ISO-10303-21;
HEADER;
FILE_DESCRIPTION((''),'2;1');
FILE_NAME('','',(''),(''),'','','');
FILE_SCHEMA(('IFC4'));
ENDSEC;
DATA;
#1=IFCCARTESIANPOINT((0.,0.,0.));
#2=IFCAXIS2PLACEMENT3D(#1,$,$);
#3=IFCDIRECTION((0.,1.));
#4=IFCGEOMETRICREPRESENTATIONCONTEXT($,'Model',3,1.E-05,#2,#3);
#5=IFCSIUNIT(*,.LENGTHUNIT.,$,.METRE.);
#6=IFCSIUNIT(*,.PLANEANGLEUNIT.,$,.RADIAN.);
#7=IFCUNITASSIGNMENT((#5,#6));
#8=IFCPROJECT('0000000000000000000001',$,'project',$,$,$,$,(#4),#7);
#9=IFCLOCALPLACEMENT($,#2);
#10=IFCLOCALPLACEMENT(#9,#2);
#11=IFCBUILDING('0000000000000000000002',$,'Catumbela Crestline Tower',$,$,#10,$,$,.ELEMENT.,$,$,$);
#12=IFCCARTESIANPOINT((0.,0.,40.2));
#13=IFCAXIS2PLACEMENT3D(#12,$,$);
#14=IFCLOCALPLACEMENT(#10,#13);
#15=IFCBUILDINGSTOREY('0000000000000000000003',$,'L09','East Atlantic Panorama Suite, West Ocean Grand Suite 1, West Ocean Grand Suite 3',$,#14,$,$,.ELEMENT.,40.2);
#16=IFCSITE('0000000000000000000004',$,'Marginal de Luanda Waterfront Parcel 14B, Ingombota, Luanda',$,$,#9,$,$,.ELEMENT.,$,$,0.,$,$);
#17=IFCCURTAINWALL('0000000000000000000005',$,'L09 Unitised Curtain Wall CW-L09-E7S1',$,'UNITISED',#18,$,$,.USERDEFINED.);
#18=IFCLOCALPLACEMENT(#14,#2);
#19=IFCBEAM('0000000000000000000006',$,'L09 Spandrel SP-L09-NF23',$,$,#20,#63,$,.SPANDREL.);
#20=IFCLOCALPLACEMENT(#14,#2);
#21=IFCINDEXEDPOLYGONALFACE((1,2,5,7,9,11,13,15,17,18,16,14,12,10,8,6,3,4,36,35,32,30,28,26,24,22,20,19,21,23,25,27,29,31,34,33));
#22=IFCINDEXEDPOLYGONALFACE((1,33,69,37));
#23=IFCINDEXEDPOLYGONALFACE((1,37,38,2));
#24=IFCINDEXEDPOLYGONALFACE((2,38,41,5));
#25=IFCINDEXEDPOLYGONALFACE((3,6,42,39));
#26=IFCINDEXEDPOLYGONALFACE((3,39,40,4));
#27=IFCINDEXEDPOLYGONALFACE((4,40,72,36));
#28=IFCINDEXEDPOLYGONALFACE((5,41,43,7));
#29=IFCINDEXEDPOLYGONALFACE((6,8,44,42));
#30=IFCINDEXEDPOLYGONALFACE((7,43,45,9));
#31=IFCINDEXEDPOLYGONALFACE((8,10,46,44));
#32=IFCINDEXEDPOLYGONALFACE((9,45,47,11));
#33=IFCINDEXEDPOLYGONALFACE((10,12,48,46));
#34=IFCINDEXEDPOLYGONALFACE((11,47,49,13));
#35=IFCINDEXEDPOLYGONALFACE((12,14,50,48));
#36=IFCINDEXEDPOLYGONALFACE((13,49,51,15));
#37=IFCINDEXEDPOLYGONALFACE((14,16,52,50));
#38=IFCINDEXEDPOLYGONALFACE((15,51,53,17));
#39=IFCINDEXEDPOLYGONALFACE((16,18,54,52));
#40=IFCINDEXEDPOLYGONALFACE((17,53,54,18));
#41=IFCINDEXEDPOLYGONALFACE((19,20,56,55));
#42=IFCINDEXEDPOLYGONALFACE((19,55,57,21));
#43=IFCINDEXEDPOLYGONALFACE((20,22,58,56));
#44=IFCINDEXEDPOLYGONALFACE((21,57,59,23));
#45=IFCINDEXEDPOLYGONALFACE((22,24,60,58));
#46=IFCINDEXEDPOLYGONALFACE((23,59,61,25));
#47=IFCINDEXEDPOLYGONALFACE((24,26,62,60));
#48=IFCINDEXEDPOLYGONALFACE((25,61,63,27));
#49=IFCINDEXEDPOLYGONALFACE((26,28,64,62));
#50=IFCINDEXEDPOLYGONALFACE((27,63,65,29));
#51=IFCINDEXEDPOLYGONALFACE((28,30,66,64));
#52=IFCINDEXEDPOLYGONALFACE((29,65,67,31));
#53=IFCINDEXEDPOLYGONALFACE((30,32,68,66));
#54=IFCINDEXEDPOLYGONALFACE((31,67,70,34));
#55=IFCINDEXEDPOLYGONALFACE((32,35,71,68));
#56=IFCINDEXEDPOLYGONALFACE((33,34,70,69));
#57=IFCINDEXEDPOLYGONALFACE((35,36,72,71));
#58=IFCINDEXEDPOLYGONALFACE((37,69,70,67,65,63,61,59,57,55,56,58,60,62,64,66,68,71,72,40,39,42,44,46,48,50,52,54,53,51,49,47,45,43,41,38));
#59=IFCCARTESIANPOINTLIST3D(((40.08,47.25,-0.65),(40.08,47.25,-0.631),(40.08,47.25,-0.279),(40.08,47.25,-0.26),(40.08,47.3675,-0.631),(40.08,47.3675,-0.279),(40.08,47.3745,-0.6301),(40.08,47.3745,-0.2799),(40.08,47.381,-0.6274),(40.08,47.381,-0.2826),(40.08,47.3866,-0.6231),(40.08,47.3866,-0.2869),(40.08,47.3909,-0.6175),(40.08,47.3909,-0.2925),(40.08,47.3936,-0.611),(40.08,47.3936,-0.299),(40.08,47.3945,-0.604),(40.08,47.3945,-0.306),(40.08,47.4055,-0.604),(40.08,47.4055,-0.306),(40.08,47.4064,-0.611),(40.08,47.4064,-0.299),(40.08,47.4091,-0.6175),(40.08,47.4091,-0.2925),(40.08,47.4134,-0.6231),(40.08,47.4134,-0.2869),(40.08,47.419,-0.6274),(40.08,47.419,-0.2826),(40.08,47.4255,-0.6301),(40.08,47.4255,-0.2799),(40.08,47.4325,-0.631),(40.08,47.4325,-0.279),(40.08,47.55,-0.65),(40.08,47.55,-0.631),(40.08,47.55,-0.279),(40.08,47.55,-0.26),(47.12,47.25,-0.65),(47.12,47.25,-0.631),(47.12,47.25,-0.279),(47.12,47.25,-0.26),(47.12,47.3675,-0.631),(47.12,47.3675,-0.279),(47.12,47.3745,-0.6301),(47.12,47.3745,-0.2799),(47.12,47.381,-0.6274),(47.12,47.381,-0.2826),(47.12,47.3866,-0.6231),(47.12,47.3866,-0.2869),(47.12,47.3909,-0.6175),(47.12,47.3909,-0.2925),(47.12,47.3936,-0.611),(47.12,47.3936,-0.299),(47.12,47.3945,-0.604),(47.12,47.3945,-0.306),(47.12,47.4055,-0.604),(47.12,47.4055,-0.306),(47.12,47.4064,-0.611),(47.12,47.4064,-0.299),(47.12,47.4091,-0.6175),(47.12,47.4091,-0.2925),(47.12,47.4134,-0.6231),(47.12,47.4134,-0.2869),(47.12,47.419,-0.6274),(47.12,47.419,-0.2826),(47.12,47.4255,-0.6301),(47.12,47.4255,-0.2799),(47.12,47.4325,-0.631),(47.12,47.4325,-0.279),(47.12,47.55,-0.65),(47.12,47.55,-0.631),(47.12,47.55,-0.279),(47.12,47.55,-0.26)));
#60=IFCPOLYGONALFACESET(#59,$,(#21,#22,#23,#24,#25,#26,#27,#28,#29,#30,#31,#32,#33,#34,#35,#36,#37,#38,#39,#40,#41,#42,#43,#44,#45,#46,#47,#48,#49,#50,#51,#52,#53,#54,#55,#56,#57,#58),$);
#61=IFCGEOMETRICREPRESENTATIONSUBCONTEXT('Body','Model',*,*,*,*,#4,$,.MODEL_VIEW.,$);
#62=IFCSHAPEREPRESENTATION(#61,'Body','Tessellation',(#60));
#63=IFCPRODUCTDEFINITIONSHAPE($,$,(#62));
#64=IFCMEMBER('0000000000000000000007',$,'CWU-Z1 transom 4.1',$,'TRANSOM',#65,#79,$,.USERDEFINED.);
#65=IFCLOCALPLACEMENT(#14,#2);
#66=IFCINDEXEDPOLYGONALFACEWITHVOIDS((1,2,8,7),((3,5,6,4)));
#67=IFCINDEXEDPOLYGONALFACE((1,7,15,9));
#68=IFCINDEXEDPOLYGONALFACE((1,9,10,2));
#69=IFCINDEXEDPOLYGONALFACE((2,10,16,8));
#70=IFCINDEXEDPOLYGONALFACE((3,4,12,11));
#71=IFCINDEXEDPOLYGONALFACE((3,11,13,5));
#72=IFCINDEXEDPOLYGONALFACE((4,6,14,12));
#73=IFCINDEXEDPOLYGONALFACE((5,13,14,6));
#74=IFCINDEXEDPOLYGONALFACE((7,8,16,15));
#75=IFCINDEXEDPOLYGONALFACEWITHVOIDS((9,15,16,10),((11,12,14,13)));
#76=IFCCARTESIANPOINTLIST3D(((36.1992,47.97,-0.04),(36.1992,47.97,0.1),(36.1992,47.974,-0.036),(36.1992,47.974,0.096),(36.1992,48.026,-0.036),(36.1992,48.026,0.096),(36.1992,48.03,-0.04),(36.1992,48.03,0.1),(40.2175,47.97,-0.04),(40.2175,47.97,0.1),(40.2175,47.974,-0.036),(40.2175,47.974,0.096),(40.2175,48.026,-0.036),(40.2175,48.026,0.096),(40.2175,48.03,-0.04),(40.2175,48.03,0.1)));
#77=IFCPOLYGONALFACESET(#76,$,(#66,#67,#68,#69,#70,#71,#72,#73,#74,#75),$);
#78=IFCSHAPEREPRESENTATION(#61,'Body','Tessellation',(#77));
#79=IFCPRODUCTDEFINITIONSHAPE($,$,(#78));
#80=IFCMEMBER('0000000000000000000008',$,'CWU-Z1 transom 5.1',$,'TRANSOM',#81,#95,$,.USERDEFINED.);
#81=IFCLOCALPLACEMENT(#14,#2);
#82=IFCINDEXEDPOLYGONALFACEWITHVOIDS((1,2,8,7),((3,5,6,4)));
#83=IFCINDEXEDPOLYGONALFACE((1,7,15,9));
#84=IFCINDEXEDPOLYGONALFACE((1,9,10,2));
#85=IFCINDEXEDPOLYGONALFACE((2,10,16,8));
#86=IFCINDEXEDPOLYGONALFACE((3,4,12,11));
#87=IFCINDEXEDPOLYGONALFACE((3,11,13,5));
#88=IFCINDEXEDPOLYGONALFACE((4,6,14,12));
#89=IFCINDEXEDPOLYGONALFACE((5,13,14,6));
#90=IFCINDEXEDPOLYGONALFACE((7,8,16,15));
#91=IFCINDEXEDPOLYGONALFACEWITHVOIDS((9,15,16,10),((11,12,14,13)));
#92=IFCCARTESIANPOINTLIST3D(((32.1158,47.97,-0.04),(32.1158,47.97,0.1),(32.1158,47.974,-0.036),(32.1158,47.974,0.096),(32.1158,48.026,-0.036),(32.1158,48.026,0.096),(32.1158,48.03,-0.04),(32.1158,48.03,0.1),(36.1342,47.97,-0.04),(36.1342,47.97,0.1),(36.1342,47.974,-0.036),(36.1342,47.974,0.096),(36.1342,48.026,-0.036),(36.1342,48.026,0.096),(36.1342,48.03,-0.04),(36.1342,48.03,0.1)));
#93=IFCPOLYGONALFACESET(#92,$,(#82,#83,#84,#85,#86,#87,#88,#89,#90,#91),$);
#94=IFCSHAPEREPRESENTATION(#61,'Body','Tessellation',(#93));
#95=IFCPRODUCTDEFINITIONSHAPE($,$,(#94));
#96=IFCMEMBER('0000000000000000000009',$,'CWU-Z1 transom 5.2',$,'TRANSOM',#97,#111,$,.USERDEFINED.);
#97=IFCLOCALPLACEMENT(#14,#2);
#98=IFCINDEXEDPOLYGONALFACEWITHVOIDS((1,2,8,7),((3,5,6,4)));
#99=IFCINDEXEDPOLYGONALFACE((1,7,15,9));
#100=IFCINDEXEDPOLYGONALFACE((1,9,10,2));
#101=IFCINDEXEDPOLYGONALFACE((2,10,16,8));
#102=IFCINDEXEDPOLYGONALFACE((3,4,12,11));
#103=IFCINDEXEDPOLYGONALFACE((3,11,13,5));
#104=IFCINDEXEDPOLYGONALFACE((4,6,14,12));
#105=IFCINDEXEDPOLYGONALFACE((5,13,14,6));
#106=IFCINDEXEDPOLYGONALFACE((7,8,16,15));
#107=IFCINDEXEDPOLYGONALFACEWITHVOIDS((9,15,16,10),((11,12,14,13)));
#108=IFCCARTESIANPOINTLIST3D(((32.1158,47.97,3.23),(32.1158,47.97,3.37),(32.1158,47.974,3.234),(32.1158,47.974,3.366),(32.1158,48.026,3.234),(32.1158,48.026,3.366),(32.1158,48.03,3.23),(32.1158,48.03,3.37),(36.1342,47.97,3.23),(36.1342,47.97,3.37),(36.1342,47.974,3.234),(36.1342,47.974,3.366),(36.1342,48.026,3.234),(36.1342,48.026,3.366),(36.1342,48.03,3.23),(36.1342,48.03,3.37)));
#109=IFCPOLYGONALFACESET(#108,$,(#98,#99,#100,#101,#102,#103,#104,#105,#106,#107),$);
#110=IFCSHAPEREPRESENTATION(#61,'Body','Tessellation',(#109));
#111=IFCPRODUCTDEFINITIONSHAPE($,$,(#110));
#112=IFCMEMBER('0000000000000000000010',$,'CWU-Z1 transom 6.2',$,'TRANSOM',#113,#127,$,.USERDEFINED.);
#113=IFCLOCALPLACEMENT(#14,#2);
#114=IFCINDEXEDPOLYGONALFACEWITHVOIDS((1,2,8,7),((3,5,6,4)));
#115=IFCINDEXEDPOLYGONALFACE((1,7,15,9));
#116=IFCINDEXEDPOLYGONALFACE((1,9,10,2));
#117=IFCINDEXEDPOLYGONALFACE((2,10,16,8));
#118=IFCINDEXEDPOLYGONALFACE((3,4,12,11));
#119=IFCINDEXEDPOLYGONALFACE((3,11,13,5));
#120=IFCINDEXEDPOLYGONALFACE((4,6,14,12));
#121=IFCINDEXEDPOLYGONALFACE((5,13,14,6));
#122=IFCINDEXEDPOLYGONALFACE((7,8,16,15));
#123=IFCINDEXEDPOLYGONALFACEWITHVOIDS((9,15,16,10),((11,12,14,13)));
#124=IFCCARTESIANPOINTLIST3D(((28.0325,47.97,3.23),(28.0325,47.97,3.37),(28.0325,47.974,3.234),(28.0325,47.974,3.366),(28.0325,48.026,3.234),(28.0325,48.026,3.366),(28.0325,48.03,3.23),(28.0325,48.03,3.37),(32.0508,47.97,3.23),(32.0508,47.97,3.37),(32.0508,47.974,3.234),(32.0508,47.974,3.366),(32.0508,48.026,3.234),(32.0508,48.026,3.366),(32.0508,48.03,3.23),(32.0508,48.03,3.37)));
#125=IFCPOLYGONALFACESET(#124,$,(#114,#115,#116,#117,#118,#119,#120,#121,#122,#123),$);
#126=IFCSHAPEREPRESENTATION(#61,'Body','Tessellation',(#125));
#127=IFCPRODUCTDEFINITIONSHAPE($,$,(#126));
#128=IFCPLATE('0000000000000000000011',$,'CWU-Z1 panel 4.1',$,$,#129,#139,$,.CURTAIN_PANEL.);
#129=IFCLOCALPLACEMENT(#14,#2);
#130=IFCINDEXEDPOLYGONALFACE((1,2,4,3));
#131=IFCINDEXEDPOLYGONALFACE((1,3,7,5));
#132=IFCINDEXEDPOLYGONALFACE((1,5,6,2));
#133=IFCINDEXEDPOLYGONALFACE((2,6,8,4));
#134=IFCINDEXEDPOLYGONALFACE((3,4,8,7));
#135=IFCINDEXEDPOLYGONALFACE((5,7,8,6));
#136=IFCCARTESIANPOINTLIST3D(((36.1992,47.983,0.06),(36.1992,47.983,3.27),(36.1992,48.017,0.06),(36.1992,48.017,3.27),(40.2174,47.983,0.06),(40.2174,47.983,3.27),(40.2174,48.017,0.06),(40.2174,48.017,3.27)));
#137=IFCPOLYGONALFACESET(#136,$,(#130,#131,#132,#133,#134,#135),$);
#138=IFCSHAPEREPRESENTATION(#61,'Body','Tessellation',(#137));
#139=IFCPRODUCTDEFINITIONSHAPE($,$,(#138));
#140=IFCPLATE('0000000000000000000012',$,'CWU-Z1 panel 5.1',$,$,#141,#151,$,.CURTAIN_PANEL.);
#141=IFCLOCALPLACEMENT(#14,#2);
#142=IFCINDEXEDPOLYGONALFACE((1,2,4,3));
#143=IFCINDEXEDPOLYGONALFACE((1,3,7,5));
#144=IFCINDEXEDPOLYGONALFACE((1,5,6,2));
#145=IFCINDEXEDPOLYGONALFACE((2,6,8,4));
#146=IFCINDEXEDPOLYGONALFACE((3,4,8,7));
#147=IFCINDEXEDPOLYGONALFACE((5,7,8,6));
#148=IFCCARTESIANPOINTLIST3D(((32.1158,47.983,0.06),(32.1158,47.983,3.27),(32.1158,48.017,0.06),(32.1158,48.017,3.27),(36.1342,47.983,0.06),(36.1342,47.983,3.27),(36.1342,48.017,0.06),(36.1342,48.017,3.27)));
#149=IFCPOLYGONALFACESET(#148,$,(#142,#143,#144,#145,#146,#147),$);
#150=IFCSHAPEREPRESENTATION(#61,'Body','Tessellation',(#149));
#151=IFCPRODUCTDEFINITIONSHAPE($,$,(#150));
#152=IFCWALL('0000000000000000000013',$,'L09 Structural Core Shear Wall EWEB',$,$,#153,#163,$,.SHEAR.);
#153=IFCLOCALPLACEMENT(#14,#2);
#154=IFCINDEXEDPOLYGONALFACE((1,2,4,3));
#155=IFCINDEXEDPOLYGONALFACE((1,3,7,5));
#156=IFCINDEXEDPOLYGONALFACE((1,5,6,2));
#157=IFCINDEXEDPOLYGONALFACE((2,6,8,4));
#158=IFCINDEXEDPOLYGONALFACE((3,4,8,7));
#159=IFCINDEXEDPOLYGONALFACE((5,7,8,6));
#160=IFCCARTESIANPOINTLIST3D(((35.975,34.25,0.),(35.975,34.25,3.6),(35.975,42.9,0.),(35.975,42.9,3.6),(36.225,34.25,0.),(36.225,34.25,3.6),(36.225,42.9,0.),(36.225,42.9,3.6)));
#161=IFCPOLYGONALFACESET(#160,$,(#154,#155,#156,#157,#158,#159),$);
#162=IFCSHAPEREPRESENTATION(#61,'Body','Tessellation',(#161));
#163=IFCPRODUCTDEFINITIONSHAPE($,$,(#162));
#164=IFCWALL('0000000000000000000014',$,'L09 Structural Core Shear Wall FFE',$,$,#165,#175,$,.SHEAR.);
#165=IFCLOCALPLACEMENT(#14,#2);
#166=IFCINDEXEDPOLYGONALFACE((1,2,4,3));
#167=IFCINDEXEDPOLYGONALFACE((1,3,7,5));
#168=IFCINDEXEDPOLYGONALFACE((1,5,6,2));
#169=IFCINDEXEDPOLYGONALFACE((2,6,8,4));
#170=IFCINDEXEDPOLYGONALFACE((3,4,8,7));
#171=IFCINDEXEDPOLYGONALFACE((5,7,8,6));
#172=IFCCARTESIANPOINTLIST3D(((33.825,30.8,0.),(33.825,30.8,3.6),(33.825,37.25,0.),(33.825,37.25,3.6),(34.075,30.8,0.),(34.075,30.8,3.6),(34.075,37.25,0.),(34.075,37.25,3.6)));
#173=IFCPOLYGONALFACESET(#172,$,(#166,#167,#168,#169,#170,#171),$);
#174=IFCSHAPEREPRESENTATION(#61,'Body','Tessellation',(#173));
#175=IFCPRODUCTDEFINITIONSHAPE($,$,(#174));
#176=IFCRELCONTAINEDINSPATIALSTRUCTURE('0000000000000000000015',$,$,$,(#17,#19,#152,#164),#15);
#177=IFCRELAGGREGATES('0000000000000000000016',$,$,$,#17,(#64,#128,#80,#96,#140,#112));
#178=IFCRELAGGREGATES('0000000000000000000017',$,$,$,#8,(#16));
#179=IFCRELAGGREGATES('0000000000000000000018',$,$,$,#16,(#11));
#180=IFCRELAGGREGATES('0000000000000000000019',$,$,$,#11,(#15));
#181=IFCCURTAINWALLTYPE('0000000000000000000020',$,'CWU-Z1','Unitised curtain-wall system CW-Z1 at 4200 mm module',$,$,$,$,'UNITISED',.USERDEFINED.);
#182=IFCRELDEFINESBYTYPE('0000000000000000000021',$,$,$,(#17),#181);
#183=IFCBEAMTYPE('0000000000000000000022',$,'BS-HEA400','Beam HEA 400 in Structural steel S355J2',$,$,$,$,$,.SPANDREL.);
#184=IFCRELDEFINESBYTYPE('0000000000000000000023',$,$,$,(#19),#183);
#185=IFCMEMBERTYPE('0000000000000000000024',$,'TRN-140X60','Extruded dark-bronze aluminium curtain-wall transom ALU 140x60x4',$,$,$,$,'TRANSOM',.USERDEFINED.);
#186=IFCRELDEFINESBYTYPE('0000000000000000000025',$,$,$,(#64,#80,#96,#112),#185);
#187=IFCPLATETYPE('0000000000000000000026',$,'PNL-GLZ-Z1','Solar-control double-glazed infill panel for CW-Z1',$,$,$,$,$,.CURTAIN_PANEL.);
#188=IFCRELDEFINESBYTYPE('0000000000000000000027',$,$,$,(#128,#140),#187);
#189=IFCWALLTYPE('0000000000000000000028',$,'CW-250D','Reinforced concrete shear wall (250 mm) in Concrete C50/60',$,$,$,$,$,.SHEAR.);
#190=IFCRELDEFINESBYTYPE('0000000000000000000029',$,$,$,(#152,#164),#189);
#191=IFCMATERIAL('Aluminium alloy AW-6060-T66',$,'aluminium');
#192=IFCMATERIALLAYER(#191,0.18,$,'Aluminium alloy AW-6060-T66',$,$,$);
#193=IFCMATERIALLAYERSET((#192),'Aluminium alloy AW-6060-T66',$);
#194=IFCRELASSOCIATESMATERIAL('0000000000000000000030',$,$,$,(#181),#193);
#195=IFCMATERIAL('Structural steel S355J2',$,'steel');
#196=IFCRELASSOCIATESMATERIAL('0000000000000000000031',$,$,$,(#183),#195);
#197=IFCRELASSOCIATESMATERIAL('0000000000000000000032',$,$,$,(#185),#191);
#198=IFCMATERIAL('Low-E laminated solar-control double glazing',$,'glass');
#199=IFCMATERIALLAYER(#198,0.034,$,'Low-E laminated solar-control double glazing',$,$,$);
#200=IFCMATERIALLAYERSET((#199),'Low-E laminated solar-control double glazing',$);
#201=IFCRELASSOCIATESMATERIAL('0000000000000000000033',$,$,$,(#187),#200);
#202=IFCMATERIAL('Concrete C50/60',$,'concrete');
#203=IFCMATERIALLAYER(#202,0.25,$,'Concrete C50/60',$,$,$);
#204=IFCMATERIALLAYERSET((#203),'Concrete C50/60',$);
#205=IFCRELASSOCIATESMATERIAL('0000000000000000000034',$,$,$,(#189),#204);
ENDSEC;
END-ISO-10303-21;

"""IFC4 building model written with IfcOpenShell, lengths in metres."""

from ifc_helpers import new_model, si_unit, direction, frame, frame_2d, origin, origin_2d, place, context, subcontext, project, spatial, rectangle, hollow_rectangle, i_section, extrude, material, layer, layer_set, material_profile, profile_set, type_object, element, aggregate, save


model = new_model("IFC4")

# Units and contexts
model_context = context("Model", 3, precision=1e-05, world=origin(), true_north=direction((0.0, 1.0)))
body_context = subcontext(model_context, "Body", "Model", "MODEL_VIEW")
ifc_project = project(units=[si_unit("LENGTHUNIT", "METRE"), si_unit("PLANEANGLEUNIT", "RADIAN")], contexts=[model_context])

# Site, building, storey
site_placement = place(None, origin())
site = spatial("IfcSite", under=ifc_project, at=site_placement, Name="Marginal de Luanda Waterfront Parcel 14B, Ingombota, Luanda", CompositionType="ELEMENT", RefElevation=0.0)
building_placement = place(site_placement, origin())
building = spatial("IfcBuilding", under=site, at=building_placement, Name="Catumbela Crestline Tower", CompositionType="ELEMENT")
storey_placement = place(building_placement, frame((0.0, 0.0, 40.2)))
storey = spatial("IfcBuildingStorey", under=building, at=storey_placement, Name="L09", Description="East Atlantic Panorama Suite, West Ocean Grand Suite 1, West Ocean Grand Suite 3", CompositionType="ELEMENT", Elevation=40.2)

# Shared definitions
ifc_material_1 = material(Name="Structural steel S355J2", Category="steel")

# Curtain wall
ifc_material_2 = material(Name="Aluminium alloy AW-6060-T66", Category="aluminium")
ifc_layer_1 = layer(ifc_material_2, 0.18, Name="Aluminium alloy AW-6060-T66")
ifc_layer_set_1 = layer_set([ifc_layer_1], Name="Aluminium alloy AW-6060-T66")
curtain_wall_type = type_object("IfcCurtainWallType", Name="CWU-Z1", Description="Unitised curtain-wall system CW-Z1 at 4200 mm module", ElementType="UNITISED", PredefinedType="USERDEFINED", material=ifc_layer_set_1)
curtain_wall_placement = place(storey_placement, origin())
curtain_wall = element("IfcCurtainWall", 1, at=curtain_wall_placement, inside=storey, type_object=curtain_wall_type, Name="L09 Unitised Curtain Wall CW-L09-E7S1", ObjectType="UNITISED", PredefinedType="USERDEFINED")

# Beam
ifc_material_profile_1 = material_profile(ifc_material_1, i_section(OverallWidth=0.3, OverallDepth=0.39, WebThickness=0.011, FlangeThickness=0.019, FilletRadius=0.027, at=origin_2d()), Name="HEA 400")
ifc_profile_set_1 = profile_set([ifc_material_profile_1], Name="Structural steel S355J2")
beam_type_1 = type_object("IfcBeamType", Name="BS-HEA400", Description="Beam HEA 400 in Structural steel S355J2", PredefinedType="SPANDREL", material=ifc_profile_set_1)
beam_1_placement = place(storey_placement, frame((40.08, 47.4, -0.455), z_axis=(1.0, 0.0, 0.0), x_axis=(0.0, 1.0, 0.0)))
element("IfcBeam", 2, at=beam_1_placement, inside=storey, type_object=beam_type_1, Name="L09 Spandrel SP-L09-NF23", PredefinedType="SPANDREL", context=body_context, shape_type="SweptSolid", body=[
    extrude(i_section(OverallWidth=0.3, OverallDepth=0.39, WebThickness=0.011, FlangeThickness=0.019, FilletRadius=0.027, at=origin_2d()), origin(), (0.0, 0.0, 1.0), 7.04),
])

# Members
ifc_material_profile_2 = material_profile(ifc_material_2, hollow_rectangle(XDim=0.06, YDim=0.14, WallThickness=0.004, at=origin_2d()), Name="ALU 140x60x4")
ifc_profile_set_2 = profile_set([ifc_material_profile_2], Name="Aluminium alloy AW-6060-T66")
member_type_1 = type_object("IfcMemberType", Name="TRN-140X60", Description="Extruded dark-bronze aluminium curtain-wall transom ALU 140x60x4", ElementType="TRANSOM", PredefinedType="USERDEFINED", material=ifc_profile_set_2)
member_1_placement = place(storey_placement, frame((40.2175, 48.0, 0.03), z_axis=(-1.0, 0.0, 0.0), x_axis=(0.0, -1.0, 0.0)))
member_1 = element("IfcMember", 3, at=member_1_placement, type_object=member_type_1, Name="CWU-Z1 transom 4.1", ObjectType="TRANSOM", PredefinedType="USERDEFINED", context=body_context, shape_type="SweptSolid", body=[
    extrude(hollow_rectangle(XDim=0.06, YDim=0.14, WallThickness=0.004, at=origin_2d()), origin(), (0.0, 0.0, 1.0), 4.0183),
])
member_2_placement = place(storey_placement, frame((36.1342, 48.0, 0.03), z_axis=(-1.0, 0.0, 0.0), x_axis=(0.0, -1.0, 0.0)))
member_2 = element("IfcMember", 4, at=member_2_placement, type_object=member_type_1, Name="CWU-Z1 transom 5.1", ObjectType="TRANSOM", PredefinedType="USERDEFINED", context=body_context, shape_type="SweptSolid", body=[
    extrude(hollow_rectangle(XDim=0.06, YDim=0.14, WallThickness=0.004, at=origin_2d()), origin(), (0.0, 0.0, 1.0), 4.0184),
])
member_3_placement = place(storey_placement, frame((36.1342, 48.0, 3.3), z_axis=(-1.0, 0.0, 0.0), x_axis=(0.0, -1.0, 0.0)))
member_3 = element("IfcMember", 5, at=member_3_placement, type_object=member_type_1, Name="CWU-Z1 transom 5.2", ObjectType="TRANSOM", PredefinedType="USERDEFINED", context=body_context, shape_type="SweptSolid", body=[
    extrude(hollow_rectangle(XDim=0.06, YDim=0.14, WallThickness=0.004, at=origin_2d()), origin(), (0.0, 0.0, 1.0), 4.0184),
])
member_4_placement = place(storey_placement, frame((32.0508, 48.0, 3.3), z_axis=(-1.0, 0.0, 0.0), x_axis=(0.0, -1.0, 0.0)))
member_4 = element("IfcMember", 6, at=member_4_placement, type_object=member_type_1, Name="CWU-Z1 transom 6.2", ObjectType="TRANSOM", PredefinedType="USERDEFINED", context=body_context, shape_type="SweptSolid", body=[
    extrude(hollow_rectangle(XDim=0.06, YDim=0.14, WallThickness=0.004, at=origin_2d()), origin(), (0.0, 0.0, 1.0), 4.0183),
])

# Plates
ifc_material_3 = material(Name="Low-E laminated solar-control double glazing", Category="glass")
ifc_layer_2 = layer(ifc_material_3, 0.034, Name="Low-E laminated solar-control double glazing")
ifc_layer_set_2 = layer_set([ifc_layer_2], Name="Low-E laminated solar-control double glazing")
plate_type = type_object("IfcPlateType", Name="PNL-GLZ-Z1", Description="Solar-control double-glazed infill panel for CW-Z1", PredefinedType="CURTAIN_PANEL", material=ifc_layer_set_2)
plate_1_placement = place(storey_placement, frame((38.2083, 48.0, 0.06), z_axis=(0.0, 0.0, 1.0), x_axis=(-1.0, 0.0, 0.0)))
plate_1 = element("IfcPlate", 7, at=plate_1_placement, type_object=plate_type, Name="CWU-Z1 panel 4.1", PredefinedType="CURTAIN_PANEL", context=body_context, shape_type="SweptSolid", body=[
    extrude(rectangle(XDim=4.0183, YDim=0.034, at=origin_2d()), origin(), (0.0, 0.0, 1.0), 3.21),
])
plate_2_placement = place(storey_placement, frame((34.125, 48.0, 0.06), z_axis=(0.0, 0.0, 1.0), x_axis=(-1.0, 0.0, 0.0)))
plate_2 = element("IfcPlate", 8, at=plate_2_placement, type_object=plate_type, Name="CWU-Z1 panel 5.1", PredefinedType="CURTAIN_PANEL", context=body_context, shape_type="SweptSolid", body=[
    extrude(rectangle(XDim=4.0183, YDim=0.034, at=origin_2d()), origin(), (0.0, 0.0, 1.0), 3.21),
])
aggregate(curtain_wall, [member_1, plate_1, member_2, member_3, plate_2, member_4])

# Walls
ifc_material_4 = material(Name="Concrete C50/60", Category="concrete")
ifc_layer_3 = layer(ifc_material_4, 0.25, Name="Concrete C50/60")
ifc_layer_set_3 = layer_set([ifc_layer_3], Name="Concrete C50/60")
wall_type_1 = type_object("IfcWallType", Name="CW-250D", Description="Reinforced concrete shear wall (250 mm) in Concrete C50/60", PredefinedType="SHEAR", material=ifc_layer_set_3)
wall_1_placement = place(storey_placement, frame((36.1, 34.25, 0.0), z_axis=(0.0, 0.0, 1.0), x_axis=(0.0, 1.0, 0.0)))
element("IfcWall", 9, at=wall_1_placement, inside=storey, type_object=wall_type_1, Name="L09 Structural Core Shear Wall EWEB", PredefinedType="SHEAR", context=body_context, shape_type="SweptSolid", body=[
    extrude(rectangle(XDim=8.65, YDim=0.25, at=frame_2d((4.325, 0.0))), origin(), (0.0, 0.0, 1.0), 3.6),
])
wall_2_placement = place(storey_placement, frame((33.95, 30.8, 0.0), z_axis=(0.0, 0.0, 1.0), x_axis=(0.0, 1.0, 0.0)))
element("IfcWall", 10, at=wall_2_placement, inside=storey, type_object=wall_type_1, Name="L09 Structural Core Shear Wall FFE", PredefinedType="SHEAR", context=body_context, shape_type="SweptSolid", body=[
    extrude(rectangle(XDim=6.45, YDim=0.25, at=frame_2d((3.225, 0.0))), origin(), (0.0, 0.0, 1.0), 3.6),
])

save(model, "model.ifc")
